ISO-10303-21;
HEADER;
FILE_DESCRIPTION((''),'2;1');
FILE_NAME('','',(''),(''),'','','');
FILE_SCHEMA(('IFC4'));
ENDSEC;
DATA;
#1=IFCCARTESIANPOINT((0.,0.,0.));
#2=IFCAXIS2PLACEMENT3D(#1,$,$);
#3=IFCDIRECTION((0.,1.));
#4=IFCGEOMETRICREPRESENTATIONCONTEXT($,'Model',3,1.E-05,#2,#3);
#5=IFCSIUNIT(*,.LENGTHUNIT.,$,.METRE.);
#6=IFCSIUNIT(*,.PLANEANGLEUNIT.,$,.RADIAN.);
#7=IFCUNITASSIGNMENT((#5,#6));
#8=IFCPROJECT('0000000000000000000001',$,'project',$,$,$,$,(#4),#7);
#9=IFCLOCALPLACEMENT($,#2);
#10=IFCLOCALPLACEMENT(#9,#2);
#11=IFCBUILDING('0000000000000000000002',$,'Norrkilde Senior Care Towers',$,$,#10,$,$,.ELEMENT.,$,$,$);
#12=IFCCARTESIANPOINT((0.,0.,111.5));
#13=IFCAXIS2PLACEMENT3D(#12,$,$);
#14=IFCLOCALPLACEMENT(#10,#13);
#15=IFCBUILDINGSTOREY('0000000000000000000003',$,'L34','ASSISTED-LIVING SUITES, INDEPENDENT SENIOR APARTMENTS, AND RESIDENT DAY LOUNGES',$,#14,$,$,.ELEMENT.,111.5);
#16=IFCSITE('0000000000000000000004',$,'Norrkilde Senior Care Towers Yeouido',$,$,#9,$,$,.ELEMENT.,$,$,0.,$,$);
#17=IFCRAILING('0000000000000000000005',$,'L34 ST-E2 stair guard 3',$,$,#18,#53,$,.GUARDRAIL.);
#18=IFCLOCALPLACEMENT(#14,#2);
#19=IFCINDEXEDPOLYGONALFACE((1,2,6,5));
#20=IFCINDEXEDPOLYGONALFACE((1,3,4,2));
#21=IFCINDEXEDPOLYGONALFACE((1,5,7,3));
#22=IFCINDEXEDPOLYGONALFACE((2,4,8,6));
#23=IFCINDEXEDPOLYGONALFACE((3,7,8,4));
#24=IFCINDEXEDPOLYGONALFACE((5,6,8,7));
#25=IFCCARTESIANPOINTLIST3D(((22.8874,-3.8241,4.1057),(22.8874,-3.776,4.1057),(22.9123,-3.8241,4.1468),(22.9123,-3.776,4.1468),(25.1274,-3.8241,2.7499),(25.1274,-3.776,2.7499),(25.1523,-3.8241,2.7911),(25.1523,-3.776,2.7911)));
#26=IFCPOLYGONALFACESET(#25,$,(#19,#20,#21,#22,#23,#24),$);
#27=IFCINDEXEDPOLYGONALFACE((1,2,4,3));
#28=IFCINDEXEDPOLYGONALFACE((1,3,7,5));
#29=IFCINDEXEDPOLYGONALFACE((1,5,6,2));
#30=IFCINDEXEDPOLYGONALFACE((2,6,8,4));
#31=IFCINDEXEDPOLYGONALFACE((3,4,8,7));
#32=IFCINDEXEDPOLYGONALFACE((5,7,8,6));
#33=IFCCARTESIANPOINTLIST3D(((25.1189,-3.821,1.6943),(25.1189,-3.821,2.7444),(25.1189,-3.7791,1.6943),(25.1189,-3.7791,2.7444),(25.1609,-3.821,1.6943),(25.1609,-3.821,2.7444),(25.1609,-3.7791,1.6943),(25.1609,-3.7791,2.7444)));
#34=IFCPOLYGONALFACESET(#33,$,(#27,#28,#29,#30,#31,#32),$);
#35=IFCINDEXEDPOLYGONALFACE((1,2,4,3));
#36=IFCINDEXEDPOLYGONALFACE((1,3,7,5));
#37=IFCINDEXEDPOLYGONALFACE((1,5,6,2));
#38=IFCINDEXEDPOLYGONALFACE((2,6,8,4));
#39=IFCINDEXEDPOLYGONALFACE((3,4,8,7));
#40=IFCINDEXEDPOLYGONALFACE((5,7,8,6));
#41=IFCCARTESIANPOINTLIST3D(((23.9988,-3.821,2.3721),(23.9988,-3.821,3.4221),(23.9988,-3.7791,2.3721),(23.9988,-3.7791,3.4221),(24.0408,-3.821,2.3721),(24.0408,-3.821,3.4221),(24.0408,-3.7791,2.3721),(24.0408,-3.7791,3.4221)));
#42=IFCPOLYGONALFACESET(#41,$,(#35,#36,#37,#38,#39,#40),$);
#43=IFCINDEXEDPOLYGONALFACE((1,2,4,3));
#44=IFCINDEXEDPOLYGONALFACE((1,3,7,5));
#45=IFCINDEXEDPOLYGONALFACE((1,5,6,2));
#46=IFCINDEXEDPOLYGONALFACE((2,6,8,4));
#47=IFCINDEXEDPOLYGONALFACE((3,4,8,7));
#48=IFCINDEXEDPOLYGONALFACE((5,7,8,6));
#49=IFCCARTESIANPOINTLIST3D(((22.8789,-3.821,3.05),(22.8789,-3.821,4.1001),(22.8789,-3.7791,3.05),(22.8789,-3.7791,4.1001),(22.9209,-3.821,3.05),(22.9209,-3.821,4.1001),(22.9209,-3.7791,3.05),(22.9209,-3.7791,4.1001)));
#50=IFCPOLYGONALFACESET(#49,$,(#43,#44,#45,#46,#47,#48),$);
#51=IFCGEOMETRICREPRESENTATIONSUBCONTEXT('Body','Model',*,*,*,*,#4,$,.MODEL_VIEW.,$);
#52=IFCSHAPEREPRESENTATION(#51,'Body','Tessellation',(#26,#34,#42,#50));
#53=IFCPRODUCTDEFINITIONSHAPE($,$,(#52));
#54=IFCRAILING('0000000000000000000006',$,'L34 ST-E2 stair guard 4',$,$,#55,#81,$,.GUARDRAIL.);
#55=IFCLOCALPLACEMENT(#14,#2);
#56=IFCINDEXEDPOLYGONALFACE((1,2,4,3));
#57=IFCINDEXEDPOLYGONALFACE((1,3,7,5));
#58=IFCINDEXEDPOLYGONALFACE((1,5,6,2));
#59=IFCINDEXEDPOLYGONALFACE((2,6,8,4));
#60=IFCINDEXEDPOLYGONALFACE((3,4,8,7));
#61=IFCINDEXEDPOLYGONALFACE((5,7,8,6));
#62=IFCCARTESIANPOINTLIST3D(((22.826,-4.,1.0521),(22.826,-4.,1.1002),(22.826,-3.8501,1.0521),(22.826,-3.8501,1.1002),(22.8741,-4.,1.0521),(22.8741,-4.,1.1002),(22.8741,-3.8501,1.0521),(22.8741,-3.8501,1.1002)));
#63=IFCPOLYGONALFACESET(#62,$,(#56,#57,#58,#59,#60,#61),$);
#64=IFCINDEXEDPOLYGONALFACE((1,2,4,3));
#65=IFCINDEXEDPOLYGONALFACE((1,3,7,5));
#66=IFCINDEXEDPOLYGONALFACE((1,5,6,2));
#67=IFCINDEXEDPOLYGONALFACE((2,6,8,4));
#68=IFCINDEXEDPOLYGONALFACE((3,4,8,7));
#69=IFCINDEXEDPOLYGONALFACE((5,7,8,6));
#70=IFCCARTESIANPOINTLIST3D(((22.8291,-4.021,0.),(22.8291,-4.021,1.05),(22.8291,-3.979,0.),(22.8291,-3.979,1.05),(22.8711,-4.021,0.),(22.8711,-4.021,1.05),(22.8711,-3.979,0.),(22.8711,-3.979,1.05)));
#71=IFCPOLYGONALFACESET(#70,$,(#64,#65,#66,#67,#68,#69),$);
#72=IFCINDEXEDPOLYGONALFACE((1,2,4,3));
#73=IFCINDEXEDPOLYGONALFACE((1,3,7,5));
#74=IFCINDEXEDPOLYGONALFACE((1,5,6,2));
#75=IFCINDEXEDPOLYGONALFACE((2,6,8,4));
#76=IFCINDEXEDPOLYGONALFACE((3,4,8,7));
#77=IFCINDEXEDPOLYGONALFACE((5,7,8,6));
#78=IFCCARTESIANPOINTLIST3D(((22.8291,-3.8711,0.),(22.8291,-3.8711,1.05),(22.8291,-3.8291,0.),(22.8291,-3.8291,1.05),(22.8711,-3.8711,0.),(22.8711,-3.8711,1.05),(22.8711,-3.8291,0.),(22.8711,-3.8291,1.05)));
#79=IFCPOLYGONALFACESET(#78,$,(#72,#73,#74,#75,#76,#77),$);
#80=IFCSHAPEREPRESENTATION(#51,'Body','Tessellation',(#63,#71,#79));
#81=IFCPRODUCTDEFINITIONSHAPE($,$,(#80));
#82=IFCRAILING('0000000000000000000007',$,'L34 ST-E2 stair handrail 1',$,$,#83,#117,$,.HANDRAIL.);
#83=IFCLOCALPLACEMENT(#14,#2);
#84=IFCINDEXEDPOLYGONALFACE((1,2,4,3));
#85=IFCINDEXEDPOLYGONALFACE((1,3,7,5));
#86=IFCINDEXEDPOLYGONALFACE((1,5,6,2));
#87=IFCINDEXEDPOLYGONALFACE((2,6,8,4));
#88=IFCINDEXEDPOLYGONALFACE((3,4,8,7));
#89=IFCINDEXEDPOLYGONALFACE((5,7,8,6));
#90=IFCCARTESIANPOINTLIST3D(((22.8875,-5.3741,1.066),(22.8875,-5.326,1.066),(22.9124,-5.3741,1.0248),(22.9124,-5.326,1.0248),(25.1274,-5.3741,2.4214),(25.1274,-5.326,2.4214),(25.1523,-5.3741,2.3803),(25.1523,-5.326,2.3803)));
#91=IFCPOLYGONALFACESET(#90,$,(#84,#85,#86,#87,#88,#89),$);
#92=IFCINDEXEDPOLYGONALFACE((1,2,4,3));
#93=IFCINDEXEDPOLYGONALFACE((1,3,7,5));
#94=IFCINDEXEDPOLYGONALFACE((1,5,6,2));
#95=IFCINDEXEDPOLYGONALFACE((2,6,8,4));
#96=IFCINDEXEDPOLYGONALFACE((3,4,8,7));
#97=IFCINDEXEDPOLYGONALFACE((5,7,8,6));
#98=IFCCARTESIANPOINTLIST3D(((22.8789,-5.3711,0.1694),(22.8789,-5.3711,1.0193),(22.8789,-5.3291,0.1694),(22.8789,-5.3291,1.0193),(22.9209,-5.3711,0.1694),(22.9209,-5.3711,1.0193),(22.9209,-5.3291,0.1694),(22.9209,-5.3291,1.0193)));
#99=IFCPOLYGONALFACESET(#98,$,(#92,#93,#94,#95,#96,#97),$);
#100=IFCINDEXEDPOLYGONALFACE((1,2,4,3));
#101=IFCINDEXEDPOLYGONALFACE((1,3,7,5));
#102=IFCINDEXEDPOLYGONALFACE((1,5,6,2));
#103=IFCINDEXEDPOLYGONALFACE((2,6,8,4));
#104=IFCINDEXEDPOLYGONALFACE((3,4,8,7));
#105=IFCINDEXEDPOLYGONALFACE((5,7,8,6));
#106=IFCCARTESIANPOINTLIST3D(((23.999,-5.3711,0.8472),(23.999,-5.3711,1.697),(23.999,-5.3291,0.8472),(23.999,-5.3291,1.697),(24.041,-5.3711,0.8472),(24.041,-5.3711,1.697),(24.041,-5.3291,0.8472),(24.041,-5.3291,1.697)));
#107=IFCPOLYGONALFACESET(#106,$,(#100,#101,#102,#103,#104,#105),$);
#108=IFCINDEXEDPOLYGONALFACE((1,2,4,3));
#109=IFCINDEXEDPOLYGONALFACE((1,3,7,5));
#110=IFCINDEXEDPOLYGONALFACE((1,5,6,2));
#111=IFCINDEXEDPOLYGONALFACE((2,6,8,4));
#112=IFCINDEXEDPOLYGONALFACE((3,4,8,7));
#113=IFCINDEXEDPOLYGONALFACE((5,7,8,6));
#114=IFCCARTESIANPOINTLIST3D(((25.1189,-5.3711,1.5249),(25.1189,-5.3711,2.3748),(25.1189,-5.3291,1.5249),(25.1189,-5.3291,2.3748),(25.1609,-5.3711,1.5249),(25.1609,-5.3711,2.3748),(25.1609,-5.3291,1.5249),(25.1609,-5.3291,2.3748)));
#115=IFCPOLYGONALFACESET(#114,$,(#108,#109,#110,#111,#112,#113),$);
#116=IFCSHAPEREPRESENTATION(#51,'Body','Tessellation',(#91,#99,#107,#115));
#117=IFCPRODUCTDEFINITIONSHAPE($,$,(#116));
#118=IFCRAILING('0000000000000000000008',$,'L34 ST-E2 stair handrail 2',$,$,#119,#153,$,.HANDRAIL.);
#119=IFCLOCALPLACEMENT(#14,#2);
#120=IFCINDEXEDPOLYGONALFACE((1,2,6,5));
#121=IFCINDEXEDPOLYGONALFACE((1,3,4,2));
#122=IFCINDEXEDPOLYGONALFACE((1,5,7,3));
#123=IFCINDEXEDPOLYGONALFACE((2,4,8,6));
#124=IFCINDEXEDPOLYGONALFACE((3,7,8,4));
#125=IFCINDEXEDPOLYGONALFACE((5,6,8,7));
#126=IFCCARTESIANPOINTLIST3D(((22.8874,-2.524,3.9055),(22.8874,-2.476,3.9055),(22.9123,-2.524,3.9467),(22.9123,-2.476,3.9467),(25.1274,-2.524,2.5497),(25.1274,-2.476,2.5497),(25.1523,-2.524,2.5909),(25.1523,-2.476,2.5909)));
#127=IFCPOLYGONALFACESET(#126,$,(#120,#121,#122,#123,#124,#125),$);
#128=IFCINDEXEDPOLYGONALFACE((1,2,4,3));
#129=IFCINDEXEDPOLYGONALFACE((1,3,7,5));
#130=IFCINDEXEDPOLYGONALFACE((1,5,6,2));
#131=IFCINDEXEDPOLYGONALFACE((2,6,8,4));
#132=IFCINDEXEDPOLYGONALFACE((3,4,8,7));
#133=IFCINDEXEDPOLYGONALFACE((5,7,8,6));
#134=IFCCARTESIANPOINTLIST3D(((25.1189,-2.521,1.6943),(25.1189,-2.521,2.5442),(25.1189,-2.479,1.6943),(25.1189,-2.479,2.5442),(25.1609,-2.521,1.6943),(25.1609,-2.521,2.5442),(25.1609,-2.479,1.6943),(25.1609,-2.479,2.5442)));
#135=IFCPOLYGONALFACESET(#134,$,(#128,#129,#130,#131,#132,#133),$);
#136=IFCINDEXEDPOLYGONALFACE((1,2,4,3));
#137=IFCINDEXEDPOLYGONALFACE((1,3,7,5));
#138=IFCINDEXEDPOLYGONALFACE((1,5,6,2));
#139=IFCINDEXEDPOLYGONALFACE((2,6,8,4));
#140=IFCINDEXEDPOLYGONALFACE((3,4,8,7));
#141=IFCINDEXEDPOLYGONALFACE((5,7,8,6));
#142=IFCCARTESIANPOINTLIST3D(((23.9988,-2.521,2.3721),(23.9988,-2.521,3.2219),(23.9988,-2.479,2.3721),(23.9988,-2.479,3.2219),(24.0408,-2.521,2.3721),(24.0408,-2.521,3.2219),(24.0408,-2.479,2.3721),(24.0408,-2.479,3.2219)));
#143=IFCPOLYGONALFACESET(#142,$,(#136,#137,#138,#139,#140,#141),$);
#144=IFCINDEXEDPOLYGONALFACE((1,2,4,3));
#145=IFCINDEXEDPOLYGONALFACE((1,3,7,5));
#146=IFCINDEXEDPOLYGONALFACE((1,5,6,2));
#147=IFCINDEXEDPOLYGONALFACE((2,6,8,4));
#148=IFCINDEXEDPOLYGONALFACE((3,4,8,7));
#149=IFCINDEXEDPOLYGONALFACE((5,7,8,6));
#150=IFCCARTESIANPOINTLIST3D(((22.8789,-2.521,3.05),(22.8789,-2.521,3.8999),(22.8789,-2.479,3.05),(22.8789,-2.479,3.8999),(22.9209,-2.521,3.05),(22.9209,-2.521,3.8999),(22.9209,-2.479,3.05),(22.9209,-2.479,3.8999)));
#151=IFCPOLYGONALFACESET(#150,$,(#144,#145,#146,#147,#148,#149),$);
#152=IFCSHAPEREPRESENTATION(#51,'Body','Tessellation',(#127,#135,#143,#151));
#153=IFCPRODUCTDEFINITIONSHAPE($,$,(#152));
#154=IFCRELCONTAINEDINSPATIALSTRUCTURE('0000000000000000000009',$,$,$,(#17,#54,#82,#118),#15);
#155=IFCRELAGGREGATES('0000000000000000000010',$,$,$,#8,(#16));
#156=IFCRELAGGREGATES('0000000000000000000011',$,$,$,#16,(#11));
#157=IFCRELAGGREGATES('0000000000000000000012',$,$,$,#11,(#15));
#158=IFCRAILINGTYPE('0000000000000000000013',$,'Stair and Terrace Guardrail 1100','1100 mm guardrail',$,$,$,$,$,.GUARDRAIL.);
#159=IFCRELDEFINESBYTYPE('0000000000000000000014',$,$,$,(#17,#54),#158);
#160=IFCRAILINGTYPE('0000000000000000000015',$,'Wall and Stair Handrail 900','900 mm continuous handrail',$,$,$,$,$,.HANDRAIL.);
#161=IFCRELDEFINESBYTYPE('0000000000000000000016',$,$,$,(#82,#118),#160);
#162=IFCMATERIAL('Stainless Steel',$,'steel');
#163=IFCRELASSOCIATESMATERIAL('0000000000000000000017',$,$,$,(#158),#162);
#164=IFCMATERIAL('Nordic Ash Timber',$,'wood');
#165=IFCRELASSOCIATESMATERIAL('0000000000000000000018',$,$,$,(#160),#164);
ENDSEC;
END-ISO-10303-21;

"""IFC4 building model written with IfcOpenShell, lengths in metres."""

from ifc_helpers import new_model, si_unit, direction, frame, origin, origin_2d, place, context, subcontext, project, spatial, rectangle, extrude, material, type_object, element, save


model = new_model("IFC4")

# Units and contexts
model_context = context("Model", 3, precision=1e-05, world=origin(), true_north=direction((0.0, 1.0)))
body_context = subcontext(model_context, "Body", "Model", "MODEL_VIEW")
ifc_project = project(units=[si_unit("LENGTHUNIT", "METRE"), si_unit("PLANEANGLEUNIT", "RADIAN")], contexts=[model_context])

# Site, building, storey
site_placement = place(None, origin())
site = spatial("IfcSite", under=ifc_project, at=site_placement, Name="Norrkilde Senior Care Towers Yeouido", CompositionType="ELEMENT", RefElevation=0.0)
building_placement = place(site_placement, origin())
building = spatial("IfcBuilding", under=site, at=building_placement, Name="Norrkilde Senior Care Towers", CompositionType="ELEMENT")
storey_placement = place(building_placement, frame((0.0, 0.0, 111.5)))
storey = spatial("IfcBuildingStorey", under=building, at=storey_placement, Name="L34", Description="ASSISTED-LIVING SUITES, INDEPENDENT SENIOR APARTMENTS, AND RESIDENT DAY LOUNGES", CompositionType="ELEMENT", Elevation=111.5)

# Railings
ifc_material_1 = material(Name="Stainless Steel", Category="steel")
railing_type_1 = type_object("IfcRailingType", Name="Stair and Terrace Guardrail 1100", Description="1100 mm guardrail", PredefinedType="GUARDRAIL", material=ifc_material_1)
railing_1_placement = place(storey_placement, frame((25.1399, -3.8, 1.6943)))
element("IfcRailing", 1, at=railing_1_placement, inside=storey, type_object=railing_type_1, Name="L34 ST-E2 stair guard 3", PredefinedType="GUARDRAIL", context=body_context, shape_type="SweptSolid", body=[
    extrude(rectangle(XDim=0.0481, YDim=0.0481, at=origin_2d()), frame((0.0, 0.0, 1.0762), z_axis=(-0.855512, 0.0, 0.517783), x_axis=(0.0, -1.0, 0.0)), (0.0, 0.0, 1.0), 2.6184),
    extrude(rectangle(XDim=0.042, YDim=0.042, at=origin_2d()), origin(), (0.0, 0.0, 1.0), 1.05),
    extrude(rectangle(XDim=0.042, YDim=0.042, at=origin_2d()), frame((-1.1201, 0.0, 0.6777)), (0.0, 0.0, 1.0), 1.05),
    extrude(rectangle(XDim=0.042, YDim=0.042, at=origin_2d()), frame((-2.24, 0.0, 1.3557)), (0.0, 0.0, 1.0), 1.05),
])
railing_2_placement = place(storey_placement, frame((22.8501, -4.0, 0.0)))
element("IfcRailing", 2, at=railing_2_placement, inside=storey, type_object=railing_type_1, Name="L34 ST-E2 stair guard 4", PredefinedType="GUARDRAIL", context=body_context, shape_type="SweptSolid", body=[
    extrude(rectangle(XDim=0.0481, YDim=0.0481, at=origin_2d()), frame((0.0, 0.0, 1.0762), z_axis=(0.0, 1.0, 0.0), x_axis=(-1.0, 0.0, 0.0)), (0.0, 0.0, 1.0), 0.1499),
    extrude(rectangle(XDim=0.042, YDim=0.042, at=origin_2d()), origin(), (0.0, 0.0, 1.0), 1.05),
    extrude(rectangle(XDim=0.042, YDim=0.042, at=origin_2d()), frame((0.0, 0.1499, 0.0)), (0.0, 0.0, 1.0), 1.05),
])
ifc_material_2 = material(Name="Nordic Ash Timber", Category="wood")
railing_type_2 = type_object("IfcRailingType", Name="Wall and Stair Handrail 900", Description="900 mm continuous handrail", PredefinedType="HANDRAIL", material=ifc_material_2)
railing_3_placement = place(storey_placement, frame((22.8999, -5.3501, 0.1694)))
element("IfcRailing", 3, at=railing_3_placement, inside=storey, type_object=railing_type_2, Name="L34 ST-E2 stair handrail 1", PredefinedType="HANDRAIL", context=body_context, shape_type="SweptSolid", body=[
    extrude(rectangle(XDim=0.0481, YDim=0.0481, at=origin_2d()), frame((0.0, 0.0, 0.876), z_axis=(0.855553, 0.0, 0.517715), x_axis=(0.0, 1.0, 0.0)), (0.0, 0.0, 1.0), 2.6182),
    extrude(rectangle(XDim=0.042, YDim=0.042, at=origin_2d()), origin(), (0.0, 0.0, 1.0), 0.8499),
    extrude(rectangle(XDim=0.042, YDim=0.042, at=origin_2d()), frame((1.1201, 0.0, 0.6777)), (0.0, 0.0, 1.0), 0.8499),
    extrude(rectangle(XDim=0.042, YDim=0.042, at=origin_2d()), frame((2.24, 0.0, 1.3555)), (0.0, 0.0, 1.0), 0.8499),
])
railing_4_placement = place(storey_placement, frame((25.1399, -2.5, 1.6943)))
element("IfcRailing", 4, at=railing_4_placement, inside=storey, type_object=railing_type_2, Name="L34 ST-E2 stair handrail 2", PredefinedType="HANDRAIL", context=body_context, shape_type="SweptSolid", body=[
    extrude(rectangle(XDim=0.0481, YDim=0.0481, at=origin_2d()), frame((0.0, 0.0, 0.876), z_axis=(-0.855512, 0.0, 0.517783), x_axis=(0.0, -1.0, 0.0)), (0.0, 0.0, 1.0), 2.6184),
    extrude(rectangle(XDim=0.042, YDim=0.042, at=origin_2d()), origin(), (0.0, 0.0, 1.0), 0.8499),
    extrude(rectangle(XDim=0.042, YDim=0.042, at=origin_2d()), frame((-1.1201, 0.0, 0.6777)), (0.0, 0.0, 1.0), 0.8499),
    extrude(rectangle(XDim=0.042, YDim=0.042, at=origin_2d()), frame((-2.24, 0.0, 1.3557)), (0.0, 0.0, 1.0), 0.8499),
])

save(model, "model.ifc")
